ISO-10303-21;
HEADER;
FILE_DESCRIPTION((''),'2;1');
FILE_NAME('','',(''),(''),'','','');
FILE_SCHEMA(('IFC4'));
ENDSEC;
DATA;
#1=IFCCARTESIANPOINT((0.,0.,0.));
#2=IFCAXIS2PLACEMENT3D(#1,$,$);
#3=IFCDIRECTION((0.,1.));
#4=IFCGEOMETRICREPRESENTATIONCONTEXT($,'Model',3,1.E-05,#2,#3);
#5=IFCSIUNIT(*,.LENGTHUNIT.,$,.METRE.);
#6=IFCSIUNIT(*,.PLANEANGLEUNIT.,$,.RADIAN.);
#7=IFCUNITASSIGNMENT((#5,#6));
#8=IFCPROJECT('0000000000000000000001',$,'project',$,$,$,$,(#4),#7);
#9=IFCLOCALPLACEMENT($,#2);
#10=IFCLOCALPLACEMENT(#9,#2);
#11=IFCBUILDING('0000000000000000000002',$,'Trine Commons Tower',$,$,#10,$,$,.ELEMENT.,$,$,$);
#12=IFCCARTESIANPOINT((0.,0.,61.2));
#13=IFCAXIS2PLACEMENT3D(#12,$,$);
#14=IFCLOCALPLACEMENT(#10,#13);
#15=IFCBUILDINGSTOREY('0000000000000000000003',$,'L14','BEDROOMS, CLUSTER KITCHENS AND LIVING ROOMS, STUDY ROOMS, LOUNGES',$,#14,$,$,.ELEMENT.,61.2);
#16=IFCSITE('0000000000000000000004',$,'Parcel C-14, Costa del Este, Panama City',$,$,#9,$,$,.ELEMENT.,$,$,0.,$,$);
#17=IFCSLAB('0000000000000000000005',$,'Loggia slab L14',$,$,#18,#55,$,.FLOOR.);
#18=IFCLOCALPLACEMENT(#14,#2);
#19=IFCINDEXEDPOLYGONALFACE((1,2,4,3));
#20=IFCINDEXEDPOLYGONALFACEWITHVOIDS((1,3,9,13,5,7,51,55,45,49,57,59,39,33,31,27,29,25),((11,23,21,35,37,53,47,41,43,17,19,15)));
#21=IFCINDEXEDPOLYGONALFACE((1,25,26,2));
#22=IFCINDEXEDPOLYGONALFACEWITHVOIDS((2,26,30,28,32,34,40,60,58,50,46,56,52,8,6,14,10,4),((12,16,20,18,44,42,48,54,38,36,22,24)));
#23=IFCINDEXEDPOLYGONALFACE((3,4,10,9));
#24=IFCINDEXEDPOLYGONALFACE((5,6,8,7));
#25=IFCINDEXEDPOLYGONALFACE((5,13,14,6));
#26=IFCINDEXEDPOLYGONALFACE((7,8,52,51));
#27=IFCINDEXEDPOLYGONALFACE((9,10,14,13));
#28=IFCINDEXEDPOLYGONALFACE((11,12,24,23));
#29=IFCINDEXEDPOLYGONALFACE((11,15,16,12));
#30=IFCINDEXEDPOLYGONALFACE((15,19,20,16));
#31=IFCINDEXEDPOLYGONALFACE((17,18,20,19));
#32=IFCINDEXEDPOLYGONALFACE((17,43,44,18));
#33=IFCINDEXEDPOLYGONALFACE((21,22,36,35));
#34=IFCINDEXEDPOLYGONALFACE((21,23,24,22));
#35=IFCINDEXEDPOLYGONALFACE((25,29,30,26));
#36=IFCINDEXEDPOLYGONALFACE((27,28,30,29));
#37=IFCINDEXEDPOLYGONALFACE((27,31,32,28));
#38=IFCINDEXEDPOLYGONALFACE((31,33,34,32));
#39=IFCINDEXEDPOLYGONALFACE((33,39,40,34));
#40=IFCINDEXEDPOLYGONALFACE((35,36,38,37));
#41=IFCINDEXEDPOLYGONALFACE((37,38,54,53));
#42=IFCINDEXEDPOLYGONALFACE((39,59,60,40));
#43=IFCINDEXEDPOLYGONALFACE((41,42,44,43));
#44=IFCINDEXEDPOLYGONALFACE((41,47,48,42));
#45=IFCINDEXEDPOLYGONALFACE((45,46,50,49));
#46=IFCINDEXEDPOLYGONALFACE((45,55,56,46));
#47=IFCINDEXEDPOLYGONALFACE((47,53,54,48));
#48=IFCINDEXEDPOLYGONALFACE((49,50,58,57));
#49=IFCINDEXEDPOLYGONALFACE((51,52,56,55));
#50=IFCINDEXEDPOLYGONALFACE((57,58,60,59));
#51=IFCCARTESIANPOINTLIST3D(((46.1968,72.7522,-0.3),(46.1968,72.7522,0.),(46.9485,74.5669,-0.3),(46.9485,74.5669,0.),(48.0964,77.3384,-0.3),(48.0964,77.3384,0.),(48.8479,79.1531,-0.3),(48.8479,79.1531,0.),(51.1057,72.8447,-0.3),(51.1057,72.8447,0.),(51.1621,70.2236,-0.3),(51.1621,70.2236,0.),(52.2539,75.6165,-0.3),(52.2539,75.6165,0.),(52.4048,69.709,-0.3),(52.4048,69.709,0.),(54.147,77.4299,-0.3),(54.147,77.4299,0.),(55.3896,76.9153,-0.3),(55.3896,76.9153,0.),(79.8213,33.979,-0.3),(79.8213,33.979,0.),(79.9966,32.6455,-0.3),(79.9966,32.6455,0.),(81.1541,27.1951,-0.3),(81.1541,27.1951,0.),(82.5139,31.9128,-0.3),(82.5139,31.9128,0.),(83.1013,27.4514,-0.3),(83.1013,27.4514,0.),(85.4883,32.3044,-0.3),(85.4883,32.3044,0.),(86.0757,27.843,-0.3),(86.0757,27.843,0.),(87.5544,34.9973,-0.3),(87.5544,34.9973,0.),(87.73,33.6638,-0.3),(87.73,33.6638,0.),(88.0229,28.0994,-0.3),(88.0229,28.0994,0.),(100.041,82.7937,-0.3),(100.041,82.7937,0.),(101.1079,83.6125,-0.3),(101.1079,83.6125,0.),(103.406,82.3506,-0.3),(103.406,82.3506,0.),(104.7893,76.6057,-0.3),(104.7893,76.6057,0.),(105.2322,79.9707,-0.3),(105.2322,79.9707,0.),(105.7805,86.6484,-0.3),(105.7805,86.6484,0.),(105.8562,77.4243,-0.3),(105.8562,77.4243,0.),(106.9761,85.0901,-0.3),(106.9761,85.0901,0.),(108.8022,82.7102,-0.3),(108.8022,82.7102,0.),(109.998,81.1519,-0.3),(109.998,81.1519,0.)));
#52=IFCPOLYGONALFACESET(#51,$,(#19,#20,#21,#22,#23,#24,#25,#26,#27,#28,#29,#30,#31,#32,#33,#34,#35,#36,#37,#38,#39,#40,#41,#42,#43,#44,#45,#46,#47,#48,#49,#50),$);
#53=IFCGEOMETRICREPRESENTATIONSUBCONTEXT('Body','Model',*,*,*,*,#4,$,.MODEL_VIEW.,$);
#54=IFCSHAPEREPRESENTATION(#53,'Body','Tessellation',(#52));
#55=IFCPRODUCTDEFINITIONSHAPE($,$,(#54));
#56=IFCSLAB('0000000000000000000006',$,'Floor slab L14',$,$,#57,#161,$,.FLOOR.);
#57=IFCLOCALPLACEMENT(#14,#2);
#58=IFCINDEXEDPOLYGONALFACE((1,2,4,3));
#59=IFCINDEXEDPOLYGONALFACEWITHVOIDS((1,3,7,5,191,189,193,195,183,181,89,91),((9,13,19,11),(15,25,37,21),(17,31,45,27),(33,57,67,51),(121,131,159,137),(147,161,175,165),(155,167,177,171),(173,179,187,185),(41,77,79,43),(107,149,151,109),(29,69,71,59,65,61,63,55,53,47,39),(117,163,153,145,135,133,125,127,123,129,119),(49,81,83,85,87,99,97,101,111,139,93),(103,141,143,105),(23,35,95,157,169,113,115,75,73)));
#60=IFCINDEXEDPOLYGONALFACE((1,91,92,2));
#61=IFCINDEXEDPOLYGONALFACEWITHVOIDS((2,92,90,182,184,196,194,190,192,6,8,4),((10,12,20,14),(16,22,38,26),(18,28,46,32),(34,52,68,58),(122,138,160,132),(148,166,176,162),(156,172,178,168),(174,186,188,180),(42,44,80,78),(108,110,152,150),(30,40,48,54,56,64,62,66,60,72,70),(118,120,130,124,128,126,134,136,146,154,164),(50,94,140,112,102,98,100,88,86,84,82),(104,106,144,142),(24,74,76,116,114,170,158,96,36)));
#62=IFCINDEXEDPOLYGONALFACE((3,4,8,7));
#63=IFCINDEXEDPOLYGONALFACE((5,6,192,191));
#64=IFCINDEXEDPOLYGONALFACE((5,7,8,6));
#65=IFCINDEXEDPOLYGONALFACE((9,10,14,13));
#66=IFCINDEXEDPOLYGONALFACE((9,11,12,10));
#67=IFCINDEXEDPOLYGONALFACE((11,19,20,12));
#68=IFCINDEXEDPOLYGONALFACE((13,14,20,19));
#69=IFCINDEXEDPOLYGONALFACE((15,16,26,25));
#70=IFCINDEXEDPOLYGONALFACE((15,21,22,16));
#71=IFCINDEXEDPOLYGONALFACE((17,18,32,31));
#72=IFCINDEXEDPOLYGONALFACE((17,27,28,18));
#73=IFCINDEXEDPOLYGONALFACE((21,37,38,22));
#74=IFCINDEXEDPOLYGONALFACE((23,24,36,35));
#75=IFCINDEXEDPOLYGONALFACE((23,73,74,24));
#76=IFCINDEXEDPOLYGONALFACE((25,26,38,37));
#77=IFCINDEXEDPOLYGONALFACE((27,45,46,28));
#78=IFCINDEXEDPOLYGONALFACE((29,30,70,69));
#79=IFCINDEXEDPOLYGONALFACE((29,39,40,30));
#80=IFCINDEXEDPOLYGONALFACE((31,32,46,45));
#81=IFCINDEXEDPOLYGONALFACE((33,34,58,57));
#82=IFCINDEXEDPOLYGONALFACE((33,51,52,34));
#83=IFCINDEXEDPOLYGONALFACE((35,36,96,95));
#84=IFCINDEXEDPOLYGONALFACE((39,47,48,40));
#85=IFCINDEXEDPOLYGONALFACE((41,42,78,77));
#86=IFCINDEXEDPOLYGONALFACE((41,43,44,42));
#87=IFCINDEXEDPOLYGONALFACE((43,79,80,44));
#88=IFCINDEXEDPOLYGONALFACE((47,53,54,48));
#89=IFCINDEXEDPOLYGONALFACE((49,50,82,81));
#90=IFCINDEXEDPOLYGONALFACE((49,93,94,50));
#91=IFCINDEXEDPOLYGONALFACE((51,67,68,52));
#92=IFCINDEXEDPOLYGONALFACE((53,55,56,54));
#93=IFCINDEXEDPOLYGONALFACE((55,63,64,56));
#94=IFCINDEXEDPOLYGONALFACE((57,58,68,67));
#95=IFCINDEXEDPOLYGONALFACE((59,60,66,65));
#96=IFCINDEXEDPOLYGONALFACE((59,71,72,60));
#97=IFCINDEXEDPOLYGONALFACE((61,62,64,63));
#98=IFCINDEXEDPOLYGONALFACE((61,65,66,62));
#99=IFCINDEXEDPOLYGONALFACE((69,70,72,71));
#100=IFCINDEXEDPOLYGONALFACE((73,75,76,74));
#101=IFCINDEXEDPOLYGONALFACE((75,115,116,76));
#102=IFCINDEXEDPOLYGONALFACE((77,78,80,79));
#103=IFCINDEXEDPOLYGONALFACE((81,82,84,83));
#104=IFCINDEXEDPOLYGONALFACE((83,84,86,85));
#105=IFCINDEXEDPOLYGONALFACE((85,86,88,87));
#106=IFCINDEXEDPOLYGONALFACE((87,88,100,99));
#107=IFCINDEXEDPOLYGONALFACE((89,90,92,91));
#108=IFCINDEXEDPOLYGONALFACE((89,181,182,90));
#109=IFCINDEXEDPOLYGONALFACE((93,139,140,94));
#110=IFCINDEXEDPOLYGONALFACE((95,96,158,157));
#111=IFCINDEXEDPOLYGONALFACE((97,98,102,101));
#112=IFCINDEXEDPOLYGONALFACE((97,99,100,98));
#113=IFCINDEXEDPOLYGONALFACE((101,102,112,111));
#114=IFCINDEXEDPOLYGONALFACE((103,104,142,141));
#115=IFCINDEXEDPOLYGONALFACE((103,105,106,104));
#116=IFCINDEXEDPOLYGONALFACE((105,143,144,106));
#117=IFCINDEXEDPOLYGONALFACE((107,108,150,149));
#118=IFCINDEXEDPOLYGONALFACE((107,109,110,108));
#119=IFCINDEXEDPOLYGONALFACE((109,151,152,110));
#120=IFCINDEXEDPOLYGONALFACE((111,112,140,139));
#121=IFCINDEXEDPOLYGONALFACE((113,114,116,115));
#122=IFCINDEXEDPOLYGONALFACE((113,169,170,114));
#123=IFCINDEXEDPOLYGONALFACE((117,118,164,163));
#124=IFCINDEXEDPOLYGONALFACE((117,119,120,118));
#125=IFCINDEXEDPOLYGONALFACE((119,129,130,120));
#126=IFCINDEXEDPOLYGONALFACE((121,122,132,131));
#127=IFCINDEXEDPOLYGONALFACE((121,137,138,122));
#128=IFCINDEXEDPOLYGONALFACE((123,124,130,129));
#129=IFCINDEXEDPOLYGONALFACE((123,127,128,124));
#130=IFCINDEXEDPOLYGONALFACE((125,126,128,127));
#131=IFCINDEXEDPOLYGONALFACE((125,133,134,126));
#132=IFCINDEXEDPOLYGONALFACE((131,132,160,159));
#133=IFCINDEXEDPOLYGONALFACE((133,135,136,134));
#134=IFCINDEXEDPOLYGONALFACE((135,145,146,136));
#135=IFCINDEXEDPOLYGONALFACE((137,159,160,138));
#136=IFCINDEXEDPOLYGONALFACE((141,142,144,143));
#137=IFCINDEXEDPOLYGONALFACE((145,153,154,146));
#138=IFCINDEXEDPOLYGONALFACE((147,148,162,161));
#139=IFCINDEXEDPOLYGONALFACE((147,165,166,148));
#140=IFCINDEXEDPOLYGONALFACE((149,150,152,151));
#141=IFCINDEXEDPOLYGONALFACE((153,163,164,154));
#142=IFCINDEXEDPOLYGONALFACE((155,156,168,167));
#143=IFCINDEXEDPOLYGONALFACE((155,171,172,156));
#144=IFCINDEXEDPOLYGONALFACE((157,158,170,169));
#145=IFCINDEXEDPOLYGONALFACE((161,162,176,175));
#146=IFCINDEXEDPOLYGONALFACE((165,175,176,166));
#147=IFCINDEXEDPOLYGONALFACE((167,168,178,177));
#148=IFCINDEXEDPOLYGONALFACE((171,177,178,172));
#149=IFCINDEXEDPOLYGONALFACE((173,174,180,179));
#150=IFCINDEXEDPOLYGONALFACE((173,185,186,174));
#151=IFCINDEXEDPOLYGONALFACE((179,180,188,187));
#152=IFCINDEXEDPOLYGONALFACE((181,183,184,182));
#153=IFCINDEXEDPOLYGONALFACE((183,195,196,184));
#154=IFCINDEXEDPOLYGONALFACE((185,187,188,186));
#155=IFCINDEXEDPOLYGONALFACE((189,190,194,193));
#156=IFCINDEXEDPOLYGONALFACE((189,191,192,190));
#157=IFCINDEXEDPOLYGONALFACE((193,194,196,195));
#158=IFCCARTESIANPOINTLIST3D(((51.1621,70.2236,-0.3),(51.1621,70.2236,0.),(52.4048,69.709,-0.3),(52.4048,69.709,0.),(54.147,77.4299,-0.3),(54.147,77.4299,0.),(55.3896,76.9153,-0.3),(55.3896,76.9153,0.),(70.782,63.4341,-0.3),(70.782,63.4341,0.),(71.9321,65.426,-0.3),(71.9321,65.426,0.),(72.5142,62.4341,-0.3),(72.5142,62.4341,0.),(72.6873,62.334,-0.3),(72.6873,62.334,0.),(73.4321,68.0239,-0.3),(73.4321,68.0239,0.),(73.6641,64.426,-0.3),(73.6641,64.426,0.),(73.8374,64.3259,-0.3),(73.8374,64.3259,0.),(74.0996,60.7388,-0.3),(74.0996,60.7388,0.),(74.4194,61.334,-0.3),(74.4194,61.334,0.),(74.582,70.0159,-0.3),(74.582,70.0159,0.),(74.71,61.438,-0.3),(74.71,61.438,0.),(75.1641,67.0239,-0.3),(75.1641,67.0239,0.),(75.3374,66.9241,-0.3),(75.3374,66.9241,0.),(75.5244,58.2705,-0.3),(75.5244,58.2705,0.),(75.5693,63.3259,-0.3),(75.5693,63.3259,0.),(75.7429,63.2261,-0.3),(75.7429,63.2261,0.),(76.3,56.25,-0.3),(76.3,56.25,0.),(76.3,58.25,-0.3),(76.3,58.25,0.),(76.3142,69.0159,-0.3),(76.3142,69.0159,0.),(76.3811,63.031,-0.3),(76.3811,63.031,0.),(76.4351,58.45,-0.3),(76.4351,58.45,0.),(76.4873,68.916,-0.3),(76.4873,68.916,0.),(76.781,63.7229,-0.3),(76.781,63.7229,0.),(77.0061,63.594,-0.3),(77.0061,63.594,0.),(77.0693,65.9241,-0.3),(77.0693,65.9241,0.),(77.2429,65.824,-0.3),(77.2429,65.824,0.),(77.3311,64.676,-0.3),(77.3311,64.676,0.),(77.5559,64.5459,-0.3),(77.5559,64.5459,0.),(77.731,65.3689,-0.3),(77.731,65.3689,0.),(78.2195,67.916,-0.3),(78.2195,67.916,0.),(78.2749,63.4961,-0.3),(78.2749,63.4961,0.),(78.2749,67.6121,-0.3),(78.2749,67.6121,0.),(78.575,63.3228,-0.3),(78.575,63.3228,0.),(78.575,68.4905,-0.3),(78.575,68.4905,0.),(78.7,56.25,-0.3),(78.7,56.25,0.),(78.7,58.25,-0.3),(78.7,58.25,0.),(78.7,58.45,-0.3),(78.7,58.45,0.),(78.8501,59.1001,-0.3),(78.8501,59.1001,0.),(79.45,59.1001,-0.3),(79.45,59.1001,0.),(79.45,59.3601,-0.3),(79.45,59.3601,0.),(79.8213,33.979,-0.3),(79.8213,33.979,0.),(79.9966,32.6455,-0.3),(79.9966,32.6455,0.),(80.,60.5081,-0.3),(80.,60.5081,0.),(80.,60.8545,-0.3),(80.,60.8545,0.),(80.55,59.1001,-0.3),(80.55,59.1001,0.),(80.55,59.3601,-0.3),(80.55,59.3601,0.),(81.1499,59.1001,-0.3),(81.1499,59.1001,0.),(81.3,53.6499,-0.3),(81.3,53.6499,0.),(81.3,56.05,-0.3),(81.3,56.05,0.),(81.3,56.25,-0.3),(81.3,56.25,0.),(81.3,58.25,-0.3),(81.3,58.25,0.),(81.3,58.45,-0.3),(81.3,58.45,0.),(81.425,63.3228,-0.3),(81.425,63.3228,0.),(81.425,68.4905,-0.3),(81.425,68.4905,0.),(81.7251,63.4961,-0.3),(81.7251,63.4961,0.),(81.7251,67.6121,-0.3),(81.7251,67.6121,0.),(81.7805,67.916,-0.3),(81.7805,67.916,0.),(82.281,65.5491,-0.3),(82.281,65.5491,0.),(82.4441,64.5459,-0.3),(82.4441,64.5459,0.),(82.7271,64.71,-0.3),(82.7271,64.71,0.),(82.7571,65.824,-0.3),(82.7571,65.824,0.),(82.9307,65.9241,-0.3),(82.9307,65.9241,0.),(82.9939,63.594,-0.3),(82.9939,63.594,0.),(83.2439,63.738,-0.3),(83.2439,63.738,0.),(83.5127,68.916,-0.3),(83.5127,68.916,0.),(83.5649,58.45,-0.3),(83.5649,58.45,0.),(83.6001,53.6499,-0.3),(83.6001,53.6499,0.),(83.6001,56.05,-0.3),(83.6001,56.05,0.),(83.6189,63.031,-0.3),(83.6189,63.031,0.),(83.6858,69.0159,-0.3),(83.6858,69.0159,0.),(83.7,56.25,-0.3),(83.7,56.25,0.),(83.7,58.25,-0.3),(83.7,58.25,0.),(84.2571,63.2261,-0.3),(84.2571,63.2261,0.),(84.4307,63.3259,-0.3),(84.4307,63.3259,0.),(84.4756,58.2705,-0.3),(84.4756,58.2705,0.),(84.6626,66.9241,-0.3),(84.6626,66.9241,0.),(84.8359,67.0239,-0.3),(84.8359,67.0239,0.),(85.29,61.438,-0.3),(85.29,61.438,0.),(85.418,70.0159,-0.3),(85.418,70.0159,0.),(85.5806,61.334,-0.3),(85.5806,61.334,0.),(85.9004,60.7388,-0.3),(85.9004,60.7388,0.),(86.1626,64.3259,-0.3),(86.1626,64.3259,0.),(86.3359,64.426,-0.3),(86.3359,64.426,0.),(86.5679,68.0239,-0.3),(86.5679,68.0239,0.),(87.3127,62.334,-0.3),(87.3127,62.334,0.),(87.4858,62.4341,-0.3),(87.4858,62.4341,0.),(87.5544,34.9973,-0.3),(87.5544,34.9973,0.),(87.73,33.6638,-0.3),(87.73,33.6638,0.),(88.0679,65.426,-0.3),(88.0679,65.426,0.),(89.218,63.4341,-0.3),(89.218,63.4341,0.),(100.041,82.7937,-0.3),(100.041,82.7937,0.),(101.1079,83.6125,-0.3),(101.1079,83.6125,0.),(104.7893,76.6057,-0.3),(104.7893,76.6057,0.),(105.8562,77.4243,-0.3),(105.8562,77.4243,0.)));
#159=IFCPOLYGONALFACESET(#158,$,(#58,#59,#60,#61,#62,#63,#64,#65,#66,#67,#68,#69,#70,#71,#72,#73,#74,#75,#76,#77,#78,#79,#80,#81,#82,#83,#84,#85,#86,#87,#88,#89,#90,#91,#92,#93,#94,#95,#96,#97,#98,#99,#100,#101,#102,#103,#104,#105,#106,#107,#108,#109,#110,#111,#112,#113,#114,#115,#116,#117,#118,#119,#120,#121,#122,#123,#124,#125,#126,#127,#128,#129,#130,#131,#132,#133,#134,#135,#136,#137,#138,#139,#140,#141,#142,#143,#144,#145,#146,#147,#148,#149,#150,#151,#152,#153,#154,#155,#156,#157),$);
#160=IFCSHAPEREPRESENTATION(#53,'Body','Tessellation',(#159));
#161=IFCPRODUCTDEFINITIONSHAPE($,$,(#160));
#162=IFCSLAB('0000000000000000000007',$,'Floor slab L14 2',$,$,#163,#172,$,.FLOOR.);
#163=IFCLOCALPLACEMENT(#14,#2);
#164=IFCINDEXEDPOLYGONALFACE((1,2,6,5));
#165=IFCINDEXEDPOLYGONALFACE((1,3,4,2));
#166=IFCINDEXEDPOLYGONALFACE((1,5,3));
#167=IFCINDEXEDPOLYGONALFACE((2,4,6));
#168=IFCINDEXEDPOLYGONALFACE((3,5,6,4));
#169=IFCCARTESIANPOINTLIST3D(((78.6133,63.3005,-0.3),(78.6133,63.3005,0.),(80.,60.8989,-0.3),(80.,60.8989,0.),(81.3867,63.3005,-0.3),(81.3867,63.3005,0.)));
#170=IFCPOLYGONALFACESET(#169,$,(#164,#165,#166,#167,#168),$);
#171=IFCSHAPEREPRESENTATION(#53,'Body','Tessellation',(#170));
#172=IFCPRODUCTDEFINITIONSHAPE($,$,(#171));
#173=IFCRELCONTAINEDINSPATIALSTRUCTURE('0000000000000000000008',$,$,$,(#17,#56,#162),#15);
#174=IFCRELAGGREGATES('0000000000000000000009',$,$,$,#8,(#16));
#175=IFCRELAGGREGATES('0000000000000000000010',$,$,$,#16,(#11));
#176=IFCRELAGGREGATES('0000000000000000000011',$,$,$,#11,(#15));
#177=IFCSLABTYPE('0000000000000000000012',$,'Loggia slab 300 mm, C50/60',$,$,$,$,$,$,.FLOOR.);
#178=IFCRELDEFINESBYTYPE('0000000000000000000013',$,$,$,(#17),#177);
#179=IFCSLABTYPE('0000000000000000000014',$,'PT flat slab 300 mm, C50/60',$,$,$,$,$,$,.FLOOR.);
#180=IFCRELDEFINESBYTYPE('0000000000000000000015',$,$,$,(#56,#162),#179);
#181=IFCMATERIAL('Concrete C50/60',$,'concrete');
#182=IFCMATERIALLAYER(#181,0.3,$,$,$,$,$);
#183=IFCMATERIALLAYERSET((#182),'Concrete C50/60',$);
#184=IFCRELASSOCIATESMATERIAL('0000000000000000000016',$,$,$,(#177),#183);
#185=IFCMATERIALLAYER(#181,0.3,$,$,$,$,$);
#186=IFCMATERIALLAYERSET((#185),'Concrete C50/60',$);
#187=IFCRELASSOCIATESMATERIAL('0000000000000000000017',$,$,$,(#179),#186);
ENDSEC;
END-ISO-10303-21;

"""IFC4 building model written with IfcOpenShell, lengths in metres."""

from ifc_helpers import new_model, si_unit, direction, frame, origin, place, context, subcontext, project, spatial, polyline, outline, extrude, material, layer, layer_set, type_object, element, save


model = new_model("IFC4")

# Units and contexts
model_context = context("Model", 3, precision=1e-05, world=origin(), true_north=direction((0.0, 1.0)))
body_context = subcontext(model_context, "Body", "Model", "MODEL_VIEW")
ifc_project = project(units=[si_unit("LENGTHUNIT", "METRE"), si_unit("PLANEANGLEUNIT", "RADIAN")], contexts=[model_context])

# Site, building, storey
site_placement = place(None, origin())
site = spatial("IfcSite", under=ifc_project, at=site_placement, Name="Parcel C-14, Costa del Este, Panama City", CompositionType="ELEMENT", RefElevation=0.0)
building_placement = place(site_placement, origin())
building = spatial("IfcBuilding", under=site, at=building_placement, Name="Trine Commons Tower", CompositionType="ELEMENT")
storey_placement = place(building_placement, frame((0.0, 0.0, 61.2)))
storey = spatial("IfcBuildingStorey", under=building, at=storey_placement, Name="L14", Description="BEDROOMS, CLUSTER KITCHENS AND LIVING ROOMS, STUDY ROOMS, LOUNGES", CompositionType="ELEMENT", Elevation=61.2)

# Slabs
ifc_material_1 = material(Name="Concrete C50/60", Category="concrete")
ifc_layer_1 = layer(ifc_material_1, 0.3)
ifc_layer_set_1 = layer_set([ifc_layer_1], Name="Concrete C50/60")
slab_type_1 = type_object("IfcSlabType", Name="Loggia slab 300 mm, C50/60", PredefinedType="FLOOR", material=ifc_layer_set_1)
slab_1_placement = place(storey_placement, frame((0.0, 0.0, -0.3)))
element("IfcSlab", 1, at=slab_1_placement, inside=storey, type_object=slab_type_1, Name="Loggia slab L14", PredefinedType="FLOOR", context=body_context, shape_type="SweptSolid", body=[
    extrude(outline(polyline([(88.0229, 28.0994), (109.998, 81.1519), (108.8022, 82.7102), (105.2322, 79.9707), (103.406, 82.3506), (106.9761, 85.0901), (105.7805, 86.6484), (48.8479, 79.1531), (48.0964, 77.3384), (52.2539, 75.6165), (51.1057, 72.8447), (46.9485, 74.5669), (46.1968, 72.7522), (81.1541, 27.1951), (83.1013, 27.4514), (82.5139, 31.9128), (85.4883, 32.3044), (86.0757, 27.843), (88.0229, 28.0994)]), holes=[polyline([(79.9966, 32.6455), (79.8213, 33.979), (87.5544, 34.9973), (87.73, 33.6638), (105.8562, 77.4243), (104.7893, 76.6057), (100.041, 82.7937), (101.1079, 83.6125), (54.147, 77.4299), (55.3896, 76.9153), (52.4048, 69.709), (51.1621, 70.2236), (79.9966, 32.6455)])]), origin(), (0.0, 0.0, 1.0), 0.3),
])
ifc_layer_2 = layer(ifc_material_1, 0.3)
ifc_layer_set_2 = layer_set([ifc_layer_2], Name="Concrete C50/60")
slab_type_2 = type_object("IfcSlabType", Name="PT flat slab 300 mm, C50/60", PredefinedType="FLOOR", material=ifc_layer_set_2)
slab_2_placement = place(storey_placement, frame((0.0, 0.0, -0.3)))
element("IfcSlab", 2, at=slab_2_placement, inside=storey, type_object=slab_type_2, Name="Floor slab L14", PredefinedType="FLOOR", context=body_context, shape_type="SweptSolid", body=[
    extrude(outline(polyline([(51.1621, 70.2236), (79.9966, 32.6455), (79.8213, 33.979), (87.5544, 34.9973), (87.73, 33.6638), (105.8562, 77.4243), (104.7893, 76.6057), (100.041, 82.7937), (101.1079, 83.6125), (54.147, 77.4299), (55.3896, 76.9153), (52.4048, 69.709), (51.1621, 70.2236)]), holes=[polyline([(76.3, 56.25), (78.7, 56.25), (78.7, 58.25), (76.3, 58.25), (76.3, 56.25)]), polyline([(81.1499, 59.1001), (81.3, 58.45), (83.5649, 58.45), (80.0, 60.5081), (76.4351, 58.45), (78.7, 58.45), (78.8501, 59.1001), (79.45, 59.1001), (79.45, 59.3601), (80.55, 59.3601), (80.55, 59.1001), (81.1499, 59.1001)]), polyline([(80.0, 60.8545), (84.4756, 58.2705), (85.9004, 60.7388), (81.425, 63.3228), (81.425, 68.4905), (78.575, 68.4905), (78.575, 63.3228), (74.0996, 60.7388), (75.5244, 58.2705), (80.0, 60.8545)]), polyline([(73.8374, 64.3259), (72.6873, 62.334), (74.4194, 61.334), (75.5693, 63.3259), (73.8374, 64.3259)]), polyline([(71.9321, 65.426), (70.782, 63.4341), (72.5142, 62.4341), (73.6641, 64.426), (71.9321, 65.426)]), polyline([(76.781, 63.7229), (76.3811, 63.031), (75.7429, 63.2261), (74.71, 61.438), (78.2749, 63.4961), (78.2749, 67.6121), (77.2429, 65.824), (77.731, 65.3689), (77.3311, 64.676), (77.5559, 64.5459), (77.0061, 63.594), (76.781, 63.7229)]), polyline([(76.4873, 68.916), (75.3374, 66.9241), (77.0693, 65.9241), (78.2195, 67.916), (76.4873, 68.916)]), polyline([(74.582, 70.0159), (73.4321, 68.0239), (75.1641, 67.0239), (76.3142, 69.0159), (74.582, 70.0159)]), polyline([(81.3, 53.6499), (83.6001, 53.6499), (83.6001, 56.05), (81.3, 56.05), (81.3, 53.6499)]), polyline([(81.3, 56.25), (83.7, 56.25), (83.7, 58.25), (81.3, 58.25), (81.3, 56.25)]), polyline([(87.3127, 62.334), (86.1626, 64.3259), (84.4307, 63.3259), (85.5806, 61.334), (87.3127, 62.334)]), polyline([(89.218, 63.4341), (88.0679, 65.426), (86.3359, 64.426), (87.4858, 62.4341), (89.218, 63.4341)]), polyline([(83.2439, 63.738), (82.9939, 63.594), (82.4441, 64.5459), (82.7271, 64.71), (82.281, 65.5491), (82.7571, 65.824), (81.7251, 67.6121), (81.7251, 63.4961), (85.29, 61.438), (84.2571, 63.2261), (83.6189, 63.031), (83.2439, 63.738)]), polyline([(82.9307, 65.9241), (84.6626, 66.9241), (83.5127, 68.916), (81.7805, 67.916), (82.9307, 65.9241)]), polyline([(84.8359, 67.0239), (86.5679, 68.0239), (85.418, 70.0159), (83.6858, 69.0159), (84.8359, 67.0239)])]), origin(), (0.0, 0.0, 1.0), 0.3),
])
slab_3_placement = place(storey_placement, frame((0.0, 0.0, -0.3)))
element("IfcSlab", 3, at=slab_3_placement, inside=storey, type_object=slab_type_2, Name="Floor slab L14 2", PredefinedType="FLOOR", context=body_context, shape_type="SweptSolid", body=[
    extrude(outline(polyline([(78.6133, 63.3005), (80.0, 60.8989), (81.3867, 63.3005), (78.6133, 63.3005)])), origin(), (0.0, 0.0, 1.0), 0.3),
])

save(model, "model.ifc")
